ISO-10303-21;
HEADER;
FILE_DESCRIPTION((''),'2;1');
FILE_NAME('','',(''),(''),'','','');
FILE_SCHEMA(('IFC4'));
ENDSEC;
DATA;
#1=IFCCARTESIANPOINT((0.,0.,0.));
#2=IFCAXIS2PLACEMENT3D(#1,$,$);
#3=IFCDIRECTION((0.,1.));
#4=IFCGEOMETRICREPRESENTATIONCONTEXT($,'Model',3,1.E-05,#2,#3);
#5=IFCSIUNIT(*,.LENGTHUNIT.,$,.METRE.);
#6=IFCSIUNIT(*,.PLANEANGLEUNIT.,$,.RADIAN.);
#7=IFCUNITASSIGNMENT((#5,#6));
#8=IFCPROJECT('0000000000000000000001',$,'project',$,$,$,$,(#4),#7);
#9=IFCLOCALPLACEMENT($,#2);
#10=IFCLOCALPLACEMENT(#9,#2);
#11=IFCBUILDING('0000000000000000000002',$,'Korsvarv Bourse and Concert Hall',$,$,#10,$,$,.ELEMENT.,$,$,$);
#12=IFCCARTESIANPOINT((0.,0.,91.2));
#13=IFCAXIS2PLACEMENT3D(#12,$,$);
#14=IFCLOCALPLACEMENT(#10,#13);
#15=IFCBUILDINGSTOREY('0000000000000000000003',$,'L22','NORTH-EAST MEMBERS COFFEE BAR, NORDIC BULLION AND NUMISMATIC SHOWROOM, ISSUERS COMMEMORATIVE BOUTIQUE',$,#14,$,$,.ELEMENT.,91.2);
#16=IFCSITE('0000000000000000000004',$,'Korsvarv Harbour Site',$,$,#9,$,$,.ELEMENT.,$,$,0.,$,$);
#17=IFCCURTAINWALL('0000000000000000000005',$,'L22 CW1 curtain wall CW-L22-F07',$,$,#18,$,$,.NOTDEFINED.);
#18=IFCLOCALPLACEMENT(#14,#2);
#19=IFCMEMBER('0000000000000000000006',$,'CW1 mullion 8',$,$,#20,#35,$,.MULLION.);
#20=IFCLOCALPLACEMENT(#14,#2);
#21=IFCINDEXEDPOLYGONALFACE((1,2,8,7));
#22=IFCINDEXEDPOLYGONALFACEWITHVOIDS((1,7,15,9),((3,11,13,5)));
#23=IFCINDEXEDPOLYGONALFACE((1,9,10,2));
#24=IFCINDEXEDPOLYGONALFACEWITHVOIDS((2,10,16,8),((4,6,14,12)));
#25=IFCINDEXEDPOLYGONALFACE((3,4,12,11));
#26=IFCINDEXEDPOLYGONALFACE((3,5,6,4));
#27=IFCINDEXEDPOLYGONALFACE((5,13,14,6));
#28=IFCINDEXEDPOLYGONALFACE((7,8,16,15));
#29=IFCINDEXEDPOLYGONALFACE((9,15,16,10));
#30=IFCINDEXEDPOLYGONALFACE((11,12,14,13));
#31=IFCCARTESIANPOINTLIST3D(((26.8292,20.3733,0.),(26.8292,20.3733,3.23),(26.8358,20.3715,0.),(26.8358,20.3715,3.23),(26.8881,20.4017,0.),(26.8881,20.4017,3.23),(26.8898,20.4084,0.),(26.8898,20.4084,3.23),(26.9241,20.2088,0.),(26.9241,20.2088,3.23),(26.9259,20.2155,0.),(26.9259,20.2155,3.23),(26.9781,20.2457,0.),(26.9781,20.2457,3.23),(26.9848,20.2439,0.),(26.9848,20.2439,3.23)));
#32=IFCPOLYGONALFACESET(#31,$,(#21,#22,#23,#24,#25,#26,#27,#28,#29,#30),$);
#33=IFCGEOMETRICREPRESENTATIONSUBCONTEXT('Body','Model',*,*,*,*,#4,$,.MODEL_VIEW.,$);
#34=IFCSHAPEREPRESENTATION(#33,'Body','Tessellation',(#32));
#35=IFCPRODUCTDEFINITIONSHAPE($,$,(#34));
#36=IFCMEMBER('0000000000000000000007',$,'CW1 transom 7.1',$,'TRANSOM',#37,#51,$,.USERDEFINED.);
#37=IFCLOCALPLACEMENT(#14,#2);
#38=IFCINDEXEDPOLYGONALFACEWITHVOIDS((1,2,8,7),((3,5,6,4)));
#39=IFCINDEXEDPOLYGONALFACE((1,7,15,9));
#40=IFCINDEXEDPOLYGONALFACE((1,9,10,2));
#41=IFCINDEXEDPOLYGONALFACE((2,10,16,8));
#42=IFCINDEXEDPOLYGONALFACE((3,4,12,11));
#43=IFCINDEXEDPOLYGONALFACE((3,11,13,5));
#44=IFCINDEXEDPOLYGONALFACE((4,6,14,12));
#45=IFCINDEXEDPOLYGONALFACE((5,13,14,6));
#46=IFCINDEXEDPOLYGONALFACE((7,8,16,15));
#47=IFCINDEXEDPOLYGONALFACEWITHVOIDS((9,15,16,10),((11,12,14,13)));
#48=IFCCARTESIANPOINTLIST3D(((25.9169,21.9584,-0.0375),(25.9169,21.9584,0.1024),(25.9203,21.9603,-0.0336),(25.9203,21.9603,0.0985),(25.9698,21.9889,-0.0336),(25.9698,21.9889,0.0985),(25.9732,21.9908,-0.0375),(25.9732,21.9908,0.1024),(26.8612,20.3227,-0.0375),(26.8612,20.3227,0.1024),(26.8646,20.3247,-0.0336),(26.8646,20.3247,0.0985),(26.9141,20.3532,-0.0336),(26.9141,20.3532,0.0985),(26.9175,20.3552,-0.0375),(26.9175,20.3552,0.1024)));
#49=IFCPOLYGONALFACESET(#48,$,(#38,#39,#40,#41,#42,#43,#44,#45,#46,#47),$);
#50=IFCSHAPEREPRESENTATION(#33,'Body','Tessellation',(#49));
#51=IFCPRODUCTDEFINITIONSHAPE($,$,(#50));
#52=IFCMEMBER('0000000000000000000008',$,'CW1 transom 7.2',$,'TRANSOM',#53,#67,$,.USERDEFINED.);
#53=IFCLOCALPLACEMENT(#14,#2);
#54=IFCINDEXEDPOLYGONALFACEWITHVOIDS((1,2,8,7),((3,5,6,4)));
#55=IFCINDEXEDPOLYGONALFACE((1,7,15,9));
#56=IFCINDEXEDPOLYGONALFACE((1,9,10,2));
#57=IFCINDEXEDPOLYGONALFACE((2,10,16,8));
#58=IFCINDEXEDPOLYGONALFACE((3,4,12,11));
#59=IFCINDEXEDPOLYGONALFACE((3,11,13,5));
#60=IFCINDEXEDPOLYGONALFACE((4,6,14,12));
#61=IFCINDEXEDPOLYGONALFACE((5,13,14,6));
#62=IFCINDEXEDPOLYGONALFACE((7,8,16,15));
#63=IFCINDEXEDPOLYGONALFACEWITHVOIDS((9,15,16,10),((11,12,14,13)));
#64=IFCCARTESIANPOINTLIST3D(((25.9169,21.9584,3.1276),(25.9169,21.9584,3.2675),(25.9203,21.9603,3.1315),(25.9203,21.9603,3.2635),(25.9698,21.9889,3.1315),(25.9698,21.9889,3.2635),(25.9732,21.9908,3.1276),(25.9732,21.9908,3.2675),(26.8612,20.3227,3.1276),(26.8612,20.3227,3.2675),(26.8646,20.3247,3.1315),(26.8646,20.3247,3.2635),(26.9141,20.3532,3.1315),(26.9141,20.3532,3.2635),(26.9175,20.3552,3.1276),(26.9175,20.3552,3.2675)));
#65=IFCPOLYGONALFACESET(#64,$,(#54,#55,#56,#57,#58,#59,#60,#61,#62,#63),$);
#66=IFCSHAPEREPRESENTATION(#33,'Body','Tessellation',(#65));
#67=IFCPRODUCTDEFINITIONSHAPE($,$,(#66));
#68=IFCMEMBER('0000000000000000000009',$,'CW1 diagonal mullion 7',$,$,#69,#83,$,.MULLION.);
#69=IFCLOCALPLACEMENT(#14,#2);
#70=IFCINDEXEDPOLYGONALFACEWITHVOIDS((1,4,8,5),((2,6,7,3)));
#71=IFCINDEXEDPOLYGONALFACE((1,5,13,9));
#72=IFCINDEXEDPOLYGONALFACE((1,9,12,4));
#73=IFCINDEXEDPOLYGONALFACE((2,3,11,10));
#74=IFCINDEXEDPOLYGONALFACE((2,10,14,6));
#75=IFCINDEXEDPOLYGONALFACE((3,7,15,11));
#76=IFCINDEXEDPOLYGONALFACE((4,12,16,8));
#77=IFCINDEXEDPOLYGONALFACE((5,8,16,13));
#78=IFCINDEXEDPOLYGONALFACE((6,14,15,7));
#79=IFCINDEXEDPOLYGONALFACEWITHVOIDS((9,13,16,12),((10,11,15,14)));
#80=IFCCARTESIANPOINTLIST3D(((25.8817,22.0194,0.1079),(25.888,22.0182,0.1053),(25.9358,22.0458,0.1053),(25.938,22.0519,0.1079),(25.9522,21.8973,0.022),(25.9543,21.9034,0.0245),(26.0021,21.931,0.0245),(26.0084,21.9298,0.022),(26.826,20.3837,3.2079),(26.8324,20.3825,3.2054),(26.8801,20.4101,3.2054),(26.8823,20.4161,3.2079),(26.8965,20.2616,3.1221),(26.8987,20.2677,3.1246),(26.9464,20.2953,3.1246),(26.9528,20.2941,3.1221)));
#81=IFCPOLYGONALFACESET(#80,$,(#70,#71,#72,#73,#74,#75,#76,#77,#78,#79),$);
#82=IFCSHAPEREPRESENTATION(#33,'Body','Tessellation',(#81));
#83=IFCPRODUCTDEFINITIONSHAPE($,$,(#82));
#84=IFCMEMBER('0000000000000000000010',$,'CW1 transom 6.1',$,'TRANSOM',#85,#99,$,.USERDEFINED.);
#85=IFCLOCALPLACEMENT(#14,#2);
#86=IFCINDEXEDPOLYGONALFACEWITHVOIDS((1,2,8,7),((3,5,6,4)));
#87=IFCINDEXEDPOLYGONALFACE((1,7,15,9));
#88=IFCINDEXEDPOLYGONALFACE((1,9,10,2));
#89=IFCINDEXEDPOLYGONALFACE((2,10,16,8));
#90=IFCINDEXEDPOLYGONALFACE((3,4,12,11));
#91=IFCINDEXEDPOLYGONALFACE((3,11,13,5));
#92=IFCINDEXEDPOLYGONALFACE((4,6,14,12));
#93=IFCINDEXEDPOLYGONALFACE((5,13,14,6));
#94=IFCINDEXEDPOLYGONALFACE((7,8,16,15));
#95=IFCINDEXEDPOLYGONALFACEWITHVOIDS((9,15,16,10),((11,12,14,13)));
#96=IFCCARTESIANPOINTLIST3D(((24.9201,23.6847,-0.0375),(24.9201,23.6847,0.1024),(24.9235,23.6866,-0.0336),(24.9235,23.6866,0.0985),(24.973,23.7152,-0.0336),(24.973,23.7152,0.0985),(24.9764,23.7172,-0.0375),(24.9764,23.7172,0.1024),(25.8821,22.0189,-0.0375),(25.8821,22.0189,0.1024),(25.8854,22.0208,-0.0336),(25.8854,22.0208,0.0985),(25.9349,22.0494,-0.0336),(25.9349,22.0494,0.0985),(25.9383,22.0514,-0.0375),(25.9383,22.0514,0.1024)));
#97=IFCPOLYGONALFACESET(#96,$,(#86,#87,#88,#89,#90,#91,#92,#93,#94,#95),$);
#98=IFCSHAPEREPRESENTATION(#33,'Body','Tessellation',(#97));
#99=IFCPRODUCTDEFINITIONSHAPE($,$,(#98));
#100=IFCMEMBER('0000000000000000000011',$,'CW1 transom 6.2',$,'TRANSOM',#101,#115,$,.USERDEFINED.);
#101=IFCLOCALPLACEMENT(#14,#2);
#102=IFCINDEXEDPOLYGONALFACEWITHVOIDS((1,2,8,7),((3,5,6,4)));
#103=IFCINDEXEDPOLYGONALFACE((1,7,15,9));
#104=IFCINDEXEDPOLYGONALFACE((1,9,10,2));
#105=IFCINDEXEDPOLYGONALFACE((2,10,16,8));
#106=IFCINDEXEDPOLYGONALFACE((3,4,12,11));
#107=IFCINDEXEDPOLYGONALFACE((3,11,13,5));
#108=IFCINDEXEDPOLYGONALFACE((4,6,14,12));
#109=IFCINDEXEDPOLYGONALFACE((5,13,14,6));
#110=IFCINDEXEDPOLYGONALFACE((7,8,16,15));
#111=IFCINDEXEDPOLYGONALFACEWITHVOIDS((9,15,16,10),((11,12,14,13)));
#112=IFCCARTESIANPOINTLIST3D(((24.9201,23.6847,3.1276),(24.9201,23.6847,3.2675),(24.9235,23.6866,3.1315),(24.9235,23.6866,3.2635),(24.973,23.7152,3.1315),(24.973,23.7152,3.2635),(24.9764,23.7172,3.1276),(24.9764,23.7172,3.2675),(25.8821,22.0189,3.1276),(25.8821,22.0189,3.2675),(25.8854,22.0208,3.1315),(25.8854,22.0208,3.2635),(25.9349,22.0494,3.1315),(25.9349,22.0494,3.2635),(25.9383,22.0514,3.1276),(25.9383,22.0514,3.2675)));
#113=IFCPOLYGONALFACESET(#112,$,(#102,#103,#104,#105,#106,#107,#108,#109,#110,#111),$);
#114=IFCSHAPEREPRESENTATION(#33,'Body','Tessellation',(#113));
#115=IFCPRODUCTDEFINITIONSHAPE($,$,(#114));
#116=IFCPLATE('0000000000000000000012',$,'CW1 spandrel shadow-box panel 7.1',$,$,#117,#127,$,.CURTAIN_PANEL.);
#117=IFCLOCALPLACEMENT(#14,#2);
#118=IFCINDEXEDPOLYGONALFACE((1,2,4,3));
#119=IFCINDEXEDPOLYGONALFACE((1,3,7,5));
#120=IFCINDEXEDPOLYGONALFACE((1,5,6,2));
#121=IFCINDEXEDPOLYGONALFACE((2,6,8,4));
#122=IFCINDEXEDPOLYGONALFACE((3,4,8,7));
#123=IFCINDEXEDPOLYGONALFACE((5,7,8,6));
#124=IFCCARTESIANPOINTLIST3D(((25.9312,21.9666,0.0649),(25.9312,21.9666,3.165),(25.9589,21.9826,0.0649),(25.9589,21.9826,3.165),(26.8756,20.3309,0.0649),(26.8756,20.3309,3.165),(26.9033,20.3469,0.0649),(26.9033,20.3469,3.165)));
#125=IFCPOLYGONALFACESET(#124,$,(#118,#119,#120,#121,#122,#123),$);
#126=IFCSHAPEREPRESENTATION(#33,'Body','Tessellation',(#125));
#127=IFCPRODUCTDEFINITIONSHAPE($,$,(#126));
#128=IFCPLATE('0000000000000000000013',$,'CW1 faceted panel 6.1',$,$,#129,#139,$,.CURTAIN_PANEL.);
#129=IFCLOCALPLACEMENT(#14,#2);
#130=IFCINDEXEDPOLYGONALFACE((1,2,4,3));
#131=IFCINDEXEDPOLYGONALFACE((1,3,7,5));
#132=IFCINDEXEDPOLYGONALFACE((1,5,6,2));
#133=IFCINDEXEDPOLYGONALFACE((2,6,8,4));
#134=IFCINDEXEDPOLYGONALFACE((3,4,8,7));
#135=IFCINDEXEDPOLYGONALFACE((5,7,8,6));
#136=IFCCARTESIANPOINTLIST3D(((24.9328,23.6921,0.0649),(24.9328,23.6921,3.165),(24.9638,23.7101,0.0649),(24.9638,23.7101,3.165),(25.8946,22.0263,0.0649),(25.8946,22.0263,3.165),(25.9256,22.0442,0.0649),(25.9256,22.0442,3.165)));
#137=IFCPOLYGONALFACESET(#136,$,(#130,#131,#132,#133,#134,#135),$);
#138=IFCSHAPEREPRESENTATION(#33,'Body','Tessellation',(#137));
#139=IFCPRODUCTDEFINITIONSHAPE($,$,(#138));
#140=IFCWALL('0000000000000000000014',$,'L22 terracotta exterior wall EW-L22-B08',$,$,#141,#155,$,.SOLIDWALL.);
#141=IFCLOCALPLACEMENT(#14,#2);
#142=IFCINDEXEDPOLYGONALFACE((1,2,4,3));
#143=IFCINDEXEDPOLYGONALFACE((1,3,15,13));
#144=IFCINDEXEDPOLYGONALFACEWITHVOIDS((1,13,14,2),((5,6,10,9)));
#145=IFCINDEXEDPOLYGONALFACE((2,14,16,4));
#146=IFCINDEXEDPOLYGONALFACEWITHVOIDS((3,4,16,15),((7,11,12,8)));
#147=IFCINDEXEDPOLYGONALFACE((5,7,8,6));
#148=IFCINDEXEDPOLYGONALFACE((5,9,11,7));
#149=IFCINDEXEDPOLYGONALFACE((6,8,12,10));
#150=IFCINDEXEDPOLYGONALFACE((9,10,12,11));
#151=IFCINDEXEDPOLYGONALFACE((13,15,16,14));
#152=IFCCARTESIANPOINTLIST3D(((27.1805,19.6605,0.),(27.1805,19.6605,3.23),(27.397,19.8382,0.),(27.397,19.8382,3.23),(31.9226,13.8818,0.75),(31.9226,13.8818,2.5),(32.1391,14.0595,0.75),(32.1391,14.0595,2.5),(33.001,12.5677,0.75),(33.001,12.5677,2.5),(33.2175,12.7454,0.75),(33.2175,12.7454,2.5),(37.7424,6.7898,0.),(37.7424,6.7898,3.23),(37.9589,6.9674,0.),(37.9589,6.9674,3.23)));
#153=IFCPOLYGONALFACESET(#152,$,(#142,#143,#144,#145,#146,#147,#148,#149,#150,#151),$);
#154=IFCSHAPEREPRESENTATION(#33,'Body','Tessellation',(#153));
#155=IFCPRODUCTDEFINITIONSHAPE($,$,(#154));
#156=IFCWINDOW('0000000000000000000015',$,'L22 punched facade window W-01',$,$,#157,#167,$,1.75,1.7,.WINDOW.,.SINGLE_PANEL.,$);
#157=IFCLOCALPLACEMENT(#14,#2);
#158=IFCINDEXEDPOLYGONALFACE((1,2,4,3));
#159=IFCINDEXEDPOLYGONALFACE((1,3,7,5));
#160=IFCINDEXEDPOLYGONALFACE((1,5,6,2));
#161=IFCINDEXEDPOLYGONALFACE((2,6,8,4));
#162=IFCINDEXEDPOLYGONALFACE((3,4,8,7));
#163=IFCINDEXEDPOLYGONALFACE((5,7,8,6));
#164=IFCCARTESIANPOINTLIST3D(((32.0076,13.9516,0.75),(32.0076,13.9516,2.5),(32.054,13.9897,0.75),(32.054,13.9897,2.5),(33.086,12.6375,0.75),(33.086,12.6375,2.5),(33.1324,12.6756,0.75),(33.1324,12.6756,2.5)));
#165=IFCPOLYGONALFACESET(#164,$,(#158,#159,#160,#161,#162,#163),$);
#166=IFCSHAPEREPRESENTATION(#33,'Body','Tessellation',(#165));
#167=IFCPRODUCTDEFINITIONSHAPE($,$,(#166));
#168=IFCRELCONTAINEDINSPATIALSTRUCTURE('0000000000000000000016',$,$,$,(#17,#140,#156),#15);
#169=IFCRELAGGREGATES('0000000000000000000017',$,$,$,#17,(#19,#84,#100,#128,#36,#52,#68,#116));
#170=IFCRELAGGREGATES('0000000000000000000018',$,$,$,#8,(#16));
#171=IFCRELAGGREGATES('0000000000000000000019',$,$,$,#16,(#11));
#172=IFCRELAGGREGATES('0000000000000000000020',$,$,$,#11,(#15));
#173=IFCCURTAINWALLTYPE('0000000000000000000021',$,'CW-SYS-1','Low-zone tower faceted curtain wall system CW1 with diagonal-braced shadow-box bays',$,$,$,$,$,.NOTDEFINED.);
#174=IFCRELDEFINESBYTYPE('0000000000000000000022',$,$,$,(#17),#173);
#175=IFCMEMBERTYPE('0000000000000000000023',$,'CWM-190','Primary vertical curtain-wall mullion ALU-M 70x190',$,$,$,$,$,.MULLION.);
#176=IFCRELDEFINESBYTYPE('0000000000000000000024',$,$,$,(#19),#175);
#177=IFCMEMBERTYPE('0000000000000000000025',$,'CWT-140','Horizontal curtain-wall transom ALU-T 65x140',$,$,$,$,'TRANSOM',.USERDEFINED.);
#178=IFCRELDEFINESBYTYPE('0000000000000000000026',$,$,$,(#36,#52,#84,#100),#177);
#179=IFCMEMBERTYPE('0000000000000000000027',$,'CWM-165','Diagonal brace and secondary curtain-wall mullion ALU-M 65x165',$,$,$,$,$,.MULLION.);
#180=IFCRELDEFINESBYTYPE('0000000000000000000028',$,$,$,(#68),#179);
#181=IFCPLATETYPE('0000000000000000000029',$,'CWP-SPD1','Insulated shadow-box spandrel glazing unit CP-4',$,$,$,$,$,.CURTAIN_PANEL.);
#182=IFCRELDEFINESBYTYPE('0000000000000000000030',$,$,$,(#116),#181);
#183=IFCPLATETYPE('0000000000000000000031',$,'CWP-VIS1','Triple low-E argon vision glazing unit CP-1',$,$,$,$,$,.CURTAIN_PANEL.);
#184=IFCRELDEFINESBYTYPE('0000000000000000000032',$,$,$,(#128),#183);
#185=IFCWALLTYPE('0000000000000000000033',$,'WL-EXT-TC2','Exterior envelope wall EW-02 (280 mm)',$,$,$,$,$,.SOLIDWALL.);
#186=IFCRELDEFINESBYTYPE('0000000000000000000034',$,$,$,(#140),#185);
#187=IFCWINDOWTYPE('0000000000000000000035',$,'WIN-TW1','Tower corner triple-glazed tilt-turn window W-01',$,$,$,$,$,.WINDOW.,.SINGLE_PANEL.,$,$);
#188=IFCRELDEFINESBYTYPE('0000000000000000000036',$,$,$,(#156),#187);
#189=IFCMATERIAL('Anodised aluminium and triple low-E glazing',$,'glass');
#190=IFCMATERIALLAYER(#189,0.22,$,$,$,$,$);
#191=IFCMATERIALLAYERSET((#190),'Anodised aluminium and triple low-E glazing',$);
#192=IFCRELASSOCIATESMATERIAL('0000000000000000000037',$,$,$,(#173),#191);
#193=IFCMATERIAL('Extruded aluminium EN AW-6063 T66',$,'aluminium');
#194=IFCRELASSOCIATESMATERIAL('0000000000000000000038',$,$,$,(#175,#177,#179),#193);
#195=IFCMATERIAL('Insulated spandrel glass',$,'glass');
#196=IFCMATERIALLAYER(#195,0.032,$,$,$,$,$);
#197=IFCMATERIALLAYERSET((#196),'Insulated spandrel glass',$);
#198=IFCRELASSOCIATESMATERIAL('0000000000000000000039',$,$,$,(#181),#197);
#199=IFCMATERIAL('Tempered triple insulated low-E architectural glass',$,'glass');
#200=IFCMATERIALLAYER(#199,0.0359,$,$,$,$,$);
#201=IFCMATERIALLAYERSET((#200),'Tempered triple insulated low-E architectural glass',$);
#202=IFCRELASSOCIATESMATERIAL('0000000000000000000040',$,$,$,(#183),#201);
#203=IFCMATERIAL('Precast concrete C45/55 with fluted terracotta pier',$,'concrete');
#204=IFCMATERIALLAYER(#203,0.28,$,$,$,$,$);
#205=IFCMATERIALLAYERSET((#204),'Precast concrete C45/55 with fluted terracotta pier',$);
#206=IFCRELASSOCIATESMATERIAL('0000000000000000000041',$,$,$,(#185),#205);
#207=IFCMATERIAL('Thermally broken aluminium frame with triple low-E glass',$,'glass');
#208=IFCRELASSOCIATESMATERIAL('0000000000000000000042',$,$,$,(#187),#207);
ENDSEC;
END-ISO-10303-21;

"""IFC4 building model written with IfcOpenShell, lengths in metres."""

from ifc_helpers import new_model, si_unit, direction, frame, frame_2d, origin, origin_2d, place, context, subcontext, project, spatial, rectangle, hollow_rectangle, extrude, source, transform, mapped, material, layer, layer_set, material_profile, profile_set, type_object, element, fill, aggregate, save


model = new_model("IFC4")

# Units and contexts
model_context = context("Model", 3, precision=1e-05, world=origin(), true_north=direction((0.0, 1.0)))
body_context = subcontext(model_context, "Body", "Model", "MODEL_VIEW")
ifc_project = project(units=[si_unit("LENGTHUNIT", "METRE"), si_unit("PLANEANGLEUNIT", "RADIAN")], contexts=[model_context])

# Site, building, storey
site_placement = place(None, origin())
site = spatial("IfcSite", under=ifc_project, at=site_placement, Name="Korsvarv Harbour Site", CompositionType="ELEMENT", RefElevation=0.0)
building_placement = place(site_placement, origin())
building = spatial("IfcBuilding", under=site, at=building_placement, Name="Korsvarv Bourse and Concert Hall", CompositionType="ELEMENT")
storey_placement = place(building_placement, frame((0.0, 0.0, 91.2)))
storey = spatial("IfcBuildingStorey", under=building, at=storey_placement, Name="L22", Description="NORTH-EAST MEMBERS COFFEE BAR, NORDIC BULLION AND NUMISMATIC SHOWROOM, ISSUERS COMMEMORATIVE BOUTIQUE", CompositionType="ELEMENT", Elevation=91.2)

# Curtain wall, members, plates
ifc_material_1 = material(Name="Anodised aluminium and triple low-E glazing", Category="glass")
ifc_layer_1 = layer(ifc_material_1, 0.22)
ifc_layer_set_1 = layer_set([ifc_layer_1], Name="Anodised aluminium and triple low-E glazing")
curtain_wall_type = type_object("IfcCurtainWallType", Name="CW-SYS-1", Description="Low-zone tower faceted curtain wall system CW1 with diagonal-braced shadow-box bays", PredefinedType="NOTDEFINED", material=ifc_layer_set_1)
curtain_wall_placement = place(storey_placement, origin())
curtain_wall = element("IfcCurtainWall", 1, at=curtain_wall_placement, inside=storey, type_object=curtain_wall_type, Name="L22 CW1 curtain wall CW-L22-F07", PredefinedType="NOTDEFINED")
ifc_material_2 = material(Name="Extruded aluminium EN AW-6063 T66", Category="aluminium")
ifc_material_profile_1 = material_profile(ifc_material_2, hollow_rectangle(XDim=0.0701, YDim=0.1899, WallThickness=0.0049, at=origin_2d()), Name="ALU-M 70x190")
ifc_profile_set_1 = profile_set([ifc_material_profile_1], Name="Extruded aluminium EN AW-6063 T66")
member_type_1 = type_object("IfcMemberType", Name="CWM-190", Description="Primary vertical curtain-wall mullion ALU-M 70x190", PredefinedType="MULLION", material=ifc_profile_set_1)
shared_shape_1 = source(origin(), body_context, "Body", "SweptSolid", [
    extrude(hollow_rectangle(XDim=0.0701, YDim=0.1899, WallThickness=0.0049, at=origin_2d()), origin(), (0.0, 0.0, 1.0), 3.23),
])
member_1_placement = place(storey_placement, frame((26.907, 20.3086, 0.0), z_axis=(0.0, 0.0, 1.0), x_axis=(0.866026, 0.499999, 0.0)))
member_1 = element("IfcMember", 2, at=member_1_placement, type_object=member_type_1, Name="CW1 mullion 8", PredefinedType="MULLION", context=body_context, shape_type="MappedRepresentation", body=[
    mapped(shared_shape_1, transform((0.0, 0.0, 0.0), scale=1.0)),
])
ifc_material_profile_2 = material_profile(ifc_material_2, hollow_rectangle(XDim=0.0649, YDim=0.1399, WallThickness=0.0039, at=origin_2d()), Name="ALU-T 65x140")
ifc_profile_set_2 = profile_set([ifc_material_profile_2], Name="Extruded aluminium EN AW-6063 T66")
member_type_2 = type_object("IfcMemberType", Name="CWT-140", Description="Horizontal curtain-wall transom ALU-T 65x140", ElementType="TRANSOM", PredefinedType="USERDEFINED", material=ifc_profile_set_2)
shared_shape_2 = source(origin(), body_context, "Body", "SweptSolid", [
    extrude(hollow_rectangle(XDim=0.0649, YDim=0.1399, WallThickness=0.0039, at=origin_2d()), origin(), (0.0, 0.0, 1.0), 1.8887),
])
member_2_placement = place(storey_placement, frame((25.9451, 21.9746, 0.0325), z_axis=(0.499976, -0.866039, 0.0), x_axis=(0.866039, 0.499976, 0.0)))
member_2 = element("IfcMember", 3, at=member_2_placement, type_object=member_type_2, Name="CW1 transom 7.1", ObjectType="TRANSOM", PredefinedType="USERDEFINED", context=body_context, shape_type="MappedRepresentation", body=[
    mapped(shared_shape_2, transform((0.0, 0.0, 0.0), scale=1.0)),
])
member_3_placement = place(storey_placement, frame((25.9451, 21.9746, 3.1975), z_axis=(0.499976, -0.866039, 0.0), x_axis=(0.866039, 0.499976, 0.0)))
member_3 = element("IfcMember", 4, at=member_3_placement, type_object=member_type_2, Name="CW1 transom 7.2", ObjectType="TRANSOM", PredefinedType="USERDEFINED", context=body_context, shape_type="MappedRepresentation", body=[
    mapped(shared_shape_2, transform((0.0, 0.0, 0.0), scale=1.0)),
])
ifc_material_profile_3 = material_profile(ifc_material_2, hollow_rectangle(XDim=0.0649, YDim=0.165, WallThickness=0.0049, at=origin_2d()), Name="ALU-M 65x165")
ifc_profile_set_3 = profile_set([ifc_material_profile_3], Name="Extruded aluminium EN AW-6063 T66")
member_type_3 = type_object("IfcMemberType", Name="CWM-165", Description="Diagonal brace and secondary curtain-wall mullion ALU-M 65x165", PredefinedType="MULLION", material=ifc_profile_set_3)
shared_shape_3 = source(origin(), body_context, "Body", "SweptSolid", [
    extrude(hollow_rectangle(XDim=0.0649, YDim=0.165, WallThickness=0.0049, at=origin_2d()), origin(), (0.0, 0.0, 1.0), 3.6301),
])
member_4_placement = place(storey_placement, frame((25.9451, 21.9746, 0.0649), z_axis=(0.260137, -0.450598, 0.853985), x_axis=(0.866039, 0.499976, 0.0)))
member_4 = element("IfcMember", 5, at=member_4_placement, type_object=member_type_3, Name="CW1 diagonal mullion 7", PredefinedType="MULLION", context=body_context, shape_type="MappedRepresentation", body=[
    mapped(shared_shape_3, transform((0.0, 0.0, 0.0), scale=1.0)),
])
shared_shape_4 = source(origin(), body_context, "Body", "SweptSolid", [
    extrude(hollow_rectangle(XDim=0.0649, YDim=0.1399, WallThickness=0.0039, at=origin_2d()), origin(), (0.0, 0.0, 1.0), 1.9236),
])
member_5_placement = place(storey_placement, frame((24.9482, 23.7009, 0.0325), z_axis=(0.50007, -0.865985, 0.0), x_axis=(0.865985, 0.50007, 0.0)))
member_5 = element("IfcMember", 6, at=member_5_placement, type_object=member_type_2, Name="CW1 transom 6.1", ObjectType="TRANSOM", PredefinedType="USERDEFINED", context=body_context, shape_type="MappedRepresentation", body=[
    mapped(shared_shape_4, transform((0.0, 0.0, 0.0), scale=1.0)),
])
member_6_placement = place(storey_placement, frame((24.9482, 23.7009, 3.1975), z_axis=(0.50007, -0.865985, 0.0), x_axis=(0.865985, 0.50007, 0.0)))
member_6 = element("IfcMember", 7, at=member_6_placement, type_object=member_type_2, Name="CW1 transom 6.2", ObjectType="TRANSOM", PredefinedType="USERDEFINED", context=body_context, shape_type="MappedRepresentation", body=[
    mapped(shared_shape_4, transform((0.0, 0.0, 0.0), scale=1.0)),
])
ifc_material_3 = material(Name="Insulated spandrel glass", Category="glass")
ifc_layer_2 = layer(ifc_material_3, 0.032)
ifc_layer_set_2 = layer_set([ifc_layer_2], Name="Insulated spandrel glass")
plate_type_1 = type_object("IfcPlateType", Name="CWP-SPD1", Description="Insulated shadow-box spandrel glazing unit CP-4", PredefinedType="CURTAIN_PANEL", material=ifc_layer_set_2)
shared_shape_5 = source(origin(), body_context, "Body", "SweptSolid", [
    extrude(rectangle(XDim=1.8887, YDim=0.032, at=origin_2d()), origin(), (0.0, 0.0, 1.0), 3.1001),
])
plate_1_placement = place(storey_placement, frame((26.4172, 21.1567, 0.0649), z_axis=(0.0, 0.0, 1.0), x_axis=(0.499999, -0.866026, 0.0)))
plate_1 = element("IfcPlate", 8, at=plate_1_placement, type_object=plate_type_1, Name="CW1 spandrel shadow-box panel 7.1", PredefinedType="CURTAIN_PANEL", context=body_context, shape_type="MappedRepresentation", body=[
    mapped(shared_shape_5, transform((0.0, 0.0, 0.0), scale=1.0)),
])
ifc_material_4 = material(Name="Tempered triple insulated low-E architectural glass", Category="glass")
ifc_layer_3 = layer(ifc_material_4, 0.0359)
ifc_layer_set_3 = layer_set([ifc_layer_3], Name="Tempered triple insulated low-E architectural glass")
plate_type_2 = type_object("IfcPlateType", Name="CWP-VIS1", Description="Triple low-E argon vision glazing unit CP-1", PredefinedType="CURTAIN_PANEL", material=ifc_layer_set_3)
shared_shape_6 = source(origin(), body_context, "Body", "SweptSolid", [
    extrude(rectangle(XDim=1.9236, YDim=0.0359, at=origin_2d()), origin(), (0.0, 0.0, 1.0), 3.1001),
])
plate_2_placement = place(storey_placement, frame((25.4292, 22.8682, 0.0649), z_axis=(0.0, 0.0, 1.0), x_axis=(0.499999, -0.866026, 0.0)))
plate_2 = element("IfcPlate", 9, at=plate_2_placement, type_object=plate_type_2, Name="CW1 faceted panel 6.1", PredefinedType="CURTAIN_PANEL", context=body_context, shape_type="MappedRepresentation", body=[
    mapped(shared_shape_6, transform((0.0, 0.0, 0.0), scale=1.0)),
])
aggregate(curtain_wall, [member_1, member_5, member_6, plate_2, member_2, member_3, member_4, plate_1])

# Wall, opening, window
ifc_material_5 = material(Name="Precast concrete C45/55 with fluted terracotta pier", Category="concrete")
ifc_layer_4 = layer(ifc_material_5, 0.28)
ifc_layer_set_4 = layer_set([ifc_layer_4], Name="Precast concrete C45/55 with fluted terracotta pier")
wall_type_1 = type_object("IfcWallType", Name="WL-EXT-TC2", Description="Exterior envelope wall EW-02 (280 mm)", PredefinedType="SOLIDWALL", material=ifc_layer_set_4)
wall_1_placement = place(storey_placement, frame((27.2888, 19.7493, 0.0), z_axis=(0.0, 0.0, 1.0), x_axis=(0.634364, -0.773035, 0.0)))
wall_1 = element("IfcWall", 10, at=wall_1_placement, inside=storey, type_object=wall_type_1, Name="L22 terracotta exterior wall EW-L22-B08", PredefinedType="SOLIDWALL", context=body_context, shape_type="SweptSolid", body=[
    extrude(rectangle(XDim=16.6497, YDim=0.28, at=frame_2d((8.3247, 0.0))), origin(), (0.0, 0.0, 1.0), 3.23),
])
opening_1_placement = place(wall_1_placement, frame((7.4751, 0.0, 0.75)))
opening_1 = element("IfcOpeningElement", 11, at=opening_1_placement, cuts=wall_1, PredefinedType="OPENING", context=body_context, shape_type="SweptSolid", body=[
    extrude(rectangle(XDim=1.7, YDim=1.75, at=frame_2d((0.8501, 0.875))), frame((0.0, 0.1499, 0.0), z_axis=(0.0, -1.0, 0.0), x_axis=(1.0, 0.0, 0.0)), (0.0, 0.0, 1.0), 0.3),
])
ifc_material_6 = material(Name="Thermally broken aluminium frame with triple low-E glass", Category="glass")
window_type = type_object("IfcWindowType", Name="WIN-TW1", Description="Tower corner triple-glazed tilt-turn window W-01", PartitioningType="SINGLE_PANEL", PredefinedType="WINDOW", material=ifc_material_6)
window_placement = place(opening_1_placement, origin())
window = element("IfcWindow", 12, at=window_placement, inside=storey, type_object=window_type, Name="L22 punched facade window W-01", OverallHeight=1.75, OverallWidth=1.7, PartitioningType="SINGLE_PANEL", PredefinedType="WINDOW", context=body_context, shape_type="SweptSolid", body=[
    extrude(rectangle(XDim=1.7, YDim=1.75, at=frame_2d((0.8501, 0.875))), frame((0.0, 0.03, 0.0), z_axis=(0.0, -1.0, 0.0), x_axis=(1.0, 0.0, 0.0)), (0.0, 0.0, 1.0), 0.0601),
])
fill(opening_1, window)

save(model, "model.ifc")
